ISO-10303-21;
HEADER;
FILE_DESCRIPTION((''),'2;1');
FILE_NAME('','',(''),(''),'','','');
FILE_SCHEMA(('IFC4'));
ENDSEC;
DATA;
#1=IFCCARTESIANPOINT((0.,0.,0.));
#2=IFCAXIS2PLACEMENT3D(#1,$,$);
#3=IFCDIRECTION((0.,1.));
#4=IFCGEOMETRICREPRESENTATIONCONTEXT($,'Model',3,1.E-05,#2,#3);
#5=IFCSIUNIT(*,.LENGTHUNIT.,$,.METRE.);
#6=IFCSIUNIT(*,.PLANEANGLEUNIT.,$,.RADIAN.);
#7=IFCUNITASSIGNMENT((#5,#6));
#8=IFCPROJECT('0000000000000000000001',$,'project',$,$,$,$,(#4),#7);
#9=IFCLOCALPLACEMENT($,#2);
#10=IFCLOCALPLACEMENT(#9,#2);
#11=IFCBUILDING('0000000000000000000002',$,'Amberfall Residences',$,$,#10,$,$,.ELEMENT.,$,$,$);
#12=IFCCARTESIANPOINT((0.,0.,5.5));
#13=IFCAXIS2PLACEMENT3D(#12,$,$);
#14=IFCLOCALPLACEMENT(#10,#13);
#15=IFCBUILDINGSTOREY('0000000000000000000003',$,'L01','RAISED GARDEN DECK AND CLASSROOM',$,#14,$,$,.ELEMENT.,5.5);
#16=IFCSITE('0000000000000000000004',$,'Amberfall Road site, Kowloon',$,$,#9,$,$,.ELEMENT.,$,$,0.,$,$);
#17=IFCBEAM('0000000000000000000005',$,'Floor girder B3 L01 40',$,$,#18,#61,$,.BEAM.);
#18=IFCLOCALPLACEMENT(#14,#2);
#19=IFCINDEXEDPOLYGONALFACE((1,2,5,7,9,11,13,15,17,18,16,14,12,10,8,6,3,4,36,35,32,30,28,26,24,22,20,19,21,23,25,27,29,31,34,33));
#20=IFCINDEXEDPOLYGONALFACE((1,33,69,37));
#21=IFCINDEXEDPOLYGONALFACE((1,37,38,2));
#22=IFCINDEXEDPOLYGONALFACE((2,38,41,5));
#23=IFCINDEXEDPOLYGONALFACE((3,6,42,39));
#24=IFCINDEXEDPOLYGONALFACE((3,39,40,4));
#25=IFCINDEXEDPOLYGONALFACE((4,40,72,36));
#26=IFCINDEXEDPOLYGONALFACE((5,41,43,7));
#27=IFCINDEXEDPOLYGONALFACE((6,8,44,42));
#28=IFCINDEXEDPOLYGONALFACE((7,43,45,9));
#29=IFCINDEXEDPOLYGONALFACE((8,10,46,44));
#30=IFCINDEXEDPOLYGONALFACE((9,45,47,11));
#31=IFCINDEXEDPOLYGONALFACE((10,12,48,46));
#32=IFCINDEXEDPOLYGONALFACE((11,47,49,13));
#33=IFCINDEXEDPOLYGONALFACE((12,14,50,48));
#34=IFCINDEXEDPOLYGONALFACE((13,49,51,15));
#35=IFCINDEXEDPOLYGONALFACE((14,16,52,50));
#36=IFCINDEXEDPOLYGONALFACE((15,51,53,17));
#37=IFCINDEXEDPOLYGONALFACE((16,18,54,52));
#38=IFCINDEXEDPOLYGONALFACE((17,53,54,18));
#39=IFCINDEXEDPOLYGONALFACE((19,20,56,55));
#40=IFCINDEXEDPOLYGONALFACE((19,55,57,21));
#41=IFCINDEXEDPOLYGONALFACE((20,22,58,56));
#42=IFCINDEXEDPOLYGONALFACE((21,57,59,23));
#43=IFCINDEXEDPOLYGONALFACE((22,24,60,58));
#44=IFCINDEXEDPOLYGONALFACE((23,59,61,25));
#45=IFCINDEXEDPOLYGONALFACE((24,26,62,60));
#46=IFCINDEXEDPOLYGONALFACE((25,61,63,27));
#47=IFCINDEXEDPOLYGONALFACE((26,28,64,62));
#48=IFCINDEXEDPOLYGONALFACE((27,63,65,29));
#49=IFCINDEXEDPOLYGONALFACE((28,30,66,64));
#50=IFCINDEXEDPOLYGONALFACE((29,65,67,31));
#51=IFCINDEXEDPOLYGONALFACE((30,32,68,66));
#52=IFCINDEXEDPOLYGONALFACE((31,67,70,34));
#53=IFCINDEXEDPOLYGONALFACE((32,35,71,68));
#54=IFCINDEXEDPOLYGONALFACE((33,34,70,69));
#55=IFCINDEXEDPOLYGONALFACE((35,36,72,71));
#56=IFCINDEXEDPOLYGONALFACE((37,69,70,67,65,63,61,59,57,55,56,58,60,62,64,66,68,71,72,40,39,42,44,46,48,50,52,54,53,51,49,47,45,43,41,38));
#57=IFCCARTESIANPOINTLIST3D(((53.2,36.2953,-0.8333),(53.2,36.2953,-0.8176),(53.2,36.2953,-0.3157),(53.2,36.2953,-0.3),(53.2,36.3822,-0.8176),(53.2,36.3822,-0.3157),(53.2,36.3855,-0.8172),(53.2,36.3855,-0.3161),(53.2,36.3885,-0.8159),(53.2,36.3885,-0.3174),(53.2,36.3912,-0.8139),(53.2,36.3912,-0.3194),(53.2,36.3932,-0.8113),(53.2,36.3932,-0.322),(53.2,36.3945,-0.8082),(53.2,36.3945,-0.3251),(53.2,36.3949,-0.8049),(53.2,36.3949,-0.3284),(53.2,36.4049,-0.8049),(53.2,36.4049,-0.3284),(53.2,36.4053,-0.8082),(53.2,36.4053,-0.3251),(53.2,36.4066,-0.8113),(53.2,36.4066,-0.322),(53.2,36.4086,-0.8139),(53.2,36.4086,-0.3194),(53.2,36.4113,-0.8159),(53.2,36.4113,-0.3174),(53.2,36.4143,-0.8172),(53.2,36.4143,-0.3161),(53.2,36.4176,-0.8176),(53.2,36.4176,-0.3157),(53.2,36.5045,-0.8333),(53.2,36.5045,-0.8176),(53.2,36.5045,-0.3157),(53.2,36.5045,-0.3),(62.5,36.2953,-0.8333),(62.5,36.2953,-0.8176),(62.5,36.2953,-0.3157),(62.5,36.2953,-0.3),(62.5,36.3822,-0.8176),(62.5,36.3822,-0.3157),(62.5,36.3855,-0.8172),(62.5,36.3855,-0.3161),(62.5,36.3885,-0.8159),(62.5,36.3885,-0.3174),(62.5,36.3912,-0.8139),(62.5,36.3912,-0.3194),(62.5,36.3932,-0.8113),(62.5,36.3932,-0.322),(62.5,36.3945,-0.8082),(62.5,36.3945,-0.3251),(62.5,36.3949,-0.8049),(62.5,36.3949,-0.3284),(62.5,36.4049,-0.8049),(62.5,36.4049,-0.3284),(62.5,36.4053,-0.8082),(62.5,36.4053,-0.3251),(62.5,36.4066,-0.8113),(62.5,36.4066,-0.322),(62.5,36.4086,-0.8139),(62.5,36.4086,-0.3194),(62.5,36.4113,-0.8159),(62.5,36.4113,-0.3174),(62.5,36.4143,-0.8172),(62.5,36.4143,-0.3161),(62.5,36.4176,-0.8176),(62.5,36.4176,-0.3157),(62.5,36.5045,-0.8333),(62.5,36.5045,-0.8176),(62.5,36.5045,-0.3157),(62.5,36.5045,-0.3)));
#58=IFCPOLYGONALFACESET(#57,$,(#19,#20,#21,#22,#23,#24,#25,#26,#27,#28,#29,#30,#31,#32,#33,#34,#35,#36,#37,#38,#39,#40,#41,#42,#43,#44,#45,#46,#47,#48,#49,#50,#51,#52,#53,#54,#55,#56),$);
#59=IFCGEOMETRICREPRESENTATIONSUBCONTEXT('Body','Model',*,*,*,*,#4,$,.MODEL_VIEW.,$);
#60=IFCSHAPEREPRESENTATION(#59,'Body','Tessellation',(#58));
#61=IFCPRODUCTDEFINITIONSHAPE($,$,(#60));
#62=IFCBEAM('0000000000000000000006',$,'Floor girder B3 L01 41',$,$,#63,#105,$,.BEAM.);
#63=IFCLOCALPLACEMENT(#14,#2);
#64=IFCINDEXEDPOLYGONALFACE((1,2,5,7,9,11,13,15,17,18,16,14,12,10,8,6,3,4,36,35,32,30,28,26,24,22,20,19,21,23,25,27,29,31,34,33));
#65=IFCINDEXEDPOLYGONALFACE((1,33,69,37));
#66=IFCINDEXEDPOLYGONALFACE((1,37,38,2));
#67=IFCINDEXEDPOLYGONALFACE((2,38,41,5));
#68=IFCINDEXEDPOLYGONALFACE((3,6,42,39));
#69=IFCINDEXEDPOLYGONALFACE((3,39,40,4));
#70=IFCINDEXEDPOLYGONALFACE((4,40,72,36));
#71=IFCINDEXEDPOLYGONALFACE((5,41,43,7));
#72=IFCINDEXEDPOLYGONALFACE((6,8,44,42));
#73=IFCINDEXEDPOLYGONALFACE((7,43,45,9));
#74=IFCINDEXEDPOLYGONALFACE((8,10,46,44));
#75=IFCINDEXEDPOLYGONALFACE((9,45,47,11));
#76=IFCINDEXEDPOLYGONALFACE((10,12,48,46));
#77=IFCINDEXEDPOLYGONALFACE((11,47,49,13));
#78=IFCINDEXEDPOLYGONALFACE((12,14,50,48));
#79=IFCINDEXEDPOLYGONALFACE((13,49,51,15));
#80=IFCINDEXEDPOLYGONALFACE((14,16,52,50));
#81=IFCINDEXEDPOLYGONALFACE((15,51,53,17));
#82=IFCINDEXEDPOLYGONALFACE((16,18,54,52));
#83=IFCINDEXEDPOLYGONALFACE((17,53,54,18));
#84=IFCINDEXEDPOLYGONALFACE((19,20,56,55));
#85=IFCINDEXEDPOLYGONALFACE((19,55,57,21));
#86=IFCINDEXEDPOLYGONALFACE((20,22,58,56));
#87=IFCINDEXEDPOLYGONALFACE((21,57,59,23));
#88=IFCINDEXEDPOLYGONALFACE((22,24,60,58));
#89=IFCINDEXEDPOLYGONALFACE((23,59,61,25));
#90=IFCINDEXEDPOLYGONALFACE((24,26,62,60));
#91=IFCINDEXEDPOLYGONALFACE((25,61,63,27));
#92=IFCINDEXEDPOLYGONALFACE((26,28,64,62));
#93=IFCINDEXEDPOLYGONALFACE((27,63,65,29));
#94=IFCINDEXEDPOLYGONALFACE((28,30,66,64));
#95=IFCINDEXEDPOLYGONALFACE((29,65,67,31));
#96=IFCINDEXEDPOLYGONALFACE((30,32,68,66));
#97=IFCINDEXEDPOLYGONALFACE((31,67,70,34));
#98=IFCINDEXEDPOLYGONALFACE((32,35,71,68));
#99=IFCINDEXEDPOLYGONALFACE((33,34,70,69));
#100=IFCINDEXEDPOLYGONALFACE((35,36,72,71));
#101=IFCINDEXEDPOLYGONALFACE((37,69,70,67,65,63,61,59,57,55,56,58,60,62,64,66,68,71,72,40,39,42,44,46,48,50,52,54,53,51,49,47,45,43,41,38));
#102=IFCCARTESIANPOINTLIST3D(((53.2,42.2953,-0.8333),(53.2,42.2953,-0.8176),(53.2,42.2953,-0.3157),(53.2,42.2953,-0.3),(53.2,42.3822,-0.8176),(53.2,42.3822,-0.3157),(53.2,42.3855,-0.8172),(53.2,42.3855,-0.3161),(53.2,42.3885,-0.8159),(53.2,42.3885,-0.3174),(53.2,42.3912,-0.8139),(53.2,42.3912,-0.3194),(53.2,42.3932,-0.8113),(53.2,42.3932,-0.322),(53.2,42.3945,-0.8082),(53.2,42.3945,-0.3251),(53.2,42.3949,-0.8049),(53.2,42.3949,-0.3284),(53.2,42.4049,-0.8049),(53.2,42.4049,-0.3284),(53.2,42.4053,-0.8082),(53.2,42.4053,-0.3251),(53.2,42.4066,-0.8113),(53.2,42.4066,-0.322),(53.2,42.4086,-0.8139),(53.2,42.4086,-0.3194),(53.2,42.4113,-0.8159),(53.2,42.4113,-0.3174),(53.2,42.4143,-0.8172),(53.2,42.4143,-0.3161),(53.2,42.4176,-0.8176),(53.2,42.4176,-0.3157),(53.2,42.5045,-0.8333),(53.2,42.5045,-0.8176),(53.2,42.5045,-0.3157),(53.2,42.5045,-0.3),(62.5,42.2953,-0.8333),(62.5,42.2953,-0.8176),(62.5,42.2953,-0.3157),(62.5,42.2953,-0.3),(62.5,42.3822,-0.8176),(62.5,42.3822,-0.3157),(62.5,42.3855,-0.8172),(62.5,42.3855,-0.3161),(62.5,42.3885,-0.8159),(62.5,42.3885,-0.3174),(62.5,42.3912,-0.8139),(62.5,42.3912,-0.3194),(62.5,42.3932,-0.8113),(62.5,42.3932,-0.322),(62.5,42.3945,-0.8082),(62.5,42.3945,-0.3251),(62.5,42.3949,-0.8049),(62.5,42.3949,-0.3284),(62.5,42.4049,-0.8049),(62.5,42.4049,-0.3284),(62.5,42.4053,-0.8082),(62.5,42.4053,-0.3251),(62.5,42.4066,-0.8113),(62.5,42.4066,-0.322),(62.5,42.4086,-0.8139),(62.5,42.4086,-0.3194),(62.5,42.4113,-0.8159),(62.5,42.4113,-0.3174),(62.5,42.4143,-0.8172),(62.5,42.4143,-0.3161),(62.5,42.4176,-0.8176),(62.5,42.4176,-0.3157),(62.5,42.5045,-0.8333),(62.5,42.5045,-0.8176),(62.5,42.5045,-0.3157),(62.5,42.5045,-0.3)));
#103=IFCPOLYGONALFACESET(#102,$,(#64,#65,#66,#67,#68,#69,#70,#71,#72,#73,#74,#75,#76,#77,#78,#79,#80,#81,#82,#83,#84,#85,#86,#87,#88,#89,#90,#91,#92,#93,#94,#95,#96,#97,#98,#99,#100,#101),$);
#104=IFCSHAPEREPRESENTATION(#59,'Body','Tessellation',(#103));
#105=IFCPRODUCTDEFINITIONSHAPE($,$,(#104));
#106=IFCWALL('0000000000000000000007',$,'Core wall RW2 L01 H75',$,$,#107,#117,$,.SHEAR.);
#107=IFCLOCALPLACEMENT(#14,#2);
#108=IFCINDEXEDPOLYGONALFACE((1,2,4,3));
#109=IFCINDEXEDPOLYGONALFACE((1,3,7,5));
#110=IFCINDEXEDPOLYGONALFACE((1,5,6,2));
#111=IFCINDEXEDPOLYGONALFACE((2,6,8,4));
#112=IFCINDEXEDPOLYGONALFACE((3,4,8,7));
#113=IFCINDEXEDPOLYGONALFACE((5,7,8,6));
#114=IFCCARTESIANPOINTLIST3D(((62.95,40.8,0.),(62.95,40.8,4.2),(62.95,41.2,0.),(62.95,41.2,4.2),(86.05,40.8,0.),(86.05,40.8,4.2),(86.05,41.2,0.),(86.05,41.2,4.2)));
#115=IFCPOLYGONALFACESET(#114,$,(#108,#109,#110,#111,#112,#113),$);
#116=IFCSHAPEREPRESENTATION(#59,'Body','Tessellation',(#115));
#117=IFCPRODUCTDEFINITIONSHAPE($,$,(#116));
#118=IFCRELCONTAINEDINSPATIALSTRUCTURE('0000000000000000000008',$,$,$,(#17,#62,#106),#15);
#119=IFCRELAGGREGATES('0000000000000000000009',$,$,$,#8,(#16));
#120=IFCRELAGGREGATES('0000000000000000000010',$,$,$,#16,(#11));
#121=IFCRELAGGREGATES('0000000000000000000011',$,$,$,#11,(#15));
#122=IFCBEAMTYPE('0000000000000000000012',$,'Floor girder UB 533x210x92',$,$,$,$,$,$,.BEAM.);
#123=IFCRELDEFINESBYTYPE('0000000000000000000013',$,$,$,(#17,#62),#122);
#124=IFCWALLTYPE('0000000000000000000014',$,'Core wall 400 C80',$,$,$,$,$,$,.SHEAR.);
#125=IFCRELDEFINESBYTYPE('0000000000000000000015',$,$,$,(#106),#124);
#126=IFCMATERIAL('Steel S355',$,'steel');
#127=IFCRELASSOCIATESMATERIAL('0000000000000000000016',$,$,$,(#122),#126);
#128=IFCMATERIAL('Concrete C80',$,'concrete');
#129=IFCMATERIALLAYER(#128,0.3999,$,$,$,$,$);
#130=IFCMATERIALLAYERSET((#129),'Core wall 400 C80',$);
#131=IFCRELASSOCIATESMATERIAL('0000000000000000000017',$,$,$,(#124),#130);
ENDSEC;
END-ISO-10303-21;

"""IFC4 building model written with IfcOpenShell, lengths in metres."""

from ifc_helpers import new_model, si_unit, direction, frame, frame_2d, origin, origin_2d, place, context, subcontext, project, spatial, rectangle, i_section, extrude, material, layer, layer_set, material_profile, profile_set, type_object, element, save


model = new_model("IFC4")

# Units and contexts
model_context = context("Model", 3, precision=1e-05, world=origin(), true_north=direction((0.0, 1.0)))
body_context = subcontext(model_context, "Body", "Model", "MODEL_VIEW")
ifc_project = project(units=[si_unit("LENGTHUNIT", "METRE"), si_unit("PLANEANGLEUNIT", "RADIAN")], contexts=[model_context])

# Site, building, storey
site_placement = place(None, origin())
site = spatial("IfcSite", under=ifc_project, at=site_placement, Name="Amberfall Road site, Kowloon", CompositionType="ELEMENT", RefElevation=0.0)
building_placement = place(site_placement, origin())
building = spatial("IfcBuilding", under=site, at=building_placement, Name="Amberfall Residences", CompositionType="ELEMENT")
storey_placement = place(building_placement, frame((0.0, 0.0, 5.5)))
storey = spatial("IfcBuildingStorey", under=building, at=storey_placement, Name="L01", Description="RAISED GARDEN DECK AND CLASSROOM", CompositionType="ELEMENT", Elevation=5.5)

# Beams
ifc_material_1 = material(Name="Steel S355", Category="steel")
ifc_material_profile = material_profile(ifc_material_1, i_section(OverallWidth=0.2092, OverallDepth=0.5332, WebThickness=0.01, FlangeThickness=0.0156, FilletRadius=0.0127, at=origin_2d()), Name="UB 533x210x92")
ifc_profile_set = profile_set([ifc_material_profile], Name="Steel S355")
beam_type = type_object("IfcBeamType", Name="Floor girder UB 533x210x92", PredefinedType="BEAM", material=ifc_profile_set)
for number, where, z_axis, x_axis, name in (
    (1, (53.2, 36.3999, -0.5667), (1.0, 0.0, 0.0), (0.0, 1.0, 0.0), "Floor girder B3 L01 40"),
    (2, (53.2, 42.3999, -0.5667), (1.0, 0.0, 0.0), (0.0, 1.0, 0.0), "Floor girder B3 L01 41"),
):
    element("IfcBeam", number, at=place(storey_placement, frame(where, z_axis=z_axis, x_axis=x_axis)), inside=storey, type_object=beam_type, Name=name, PredefinedType="BEAM", context=body_context, shape_type="SweptSolid", body=[
        extrude(i_section(OverallWidth=0.2092, OverallDepth=0.5332, WebThickness=0.01, FlangeThickness=0.0156, FilletRadius=0.0127, at=origin_2d()), origin(), (0.0, 0.0, 1.0), 9.3),
    ])

# Wall
ifc_material_2 = material(Name="Concrete C80", Category="concrete")
ifc_layer_1 = layer(ifc_material_2, 0.3999)
ifc_layer_set_1 = layer_set([ifc_layer_1], Name="Core wall 400 C80")
wall_type_1 = type_object("IfcWallType", Name="Core wall 400 C80", PredefinedType="SHEAR", material=ifc_layer_set_1)
wall_1_placement = place(storey_placement, frame((62.95, 41.0, 0.0), z_axis=(0.0, 0.0, 1.0), x_axis=(1.0, 0.0, 0.0)))
element("IfcWall", 3, at=wall_1_placement, inside=storey, type_object=wall_type_1, Name="Core wall RW2 L01 H75", PredefinedType="SHEAR", context=body_context, shape_type="SweptSolid", body=[
    extrude(rectangle(XDim=23.1001, YDim=0.3999, at=frame_2d((11.55, 0.0))), origin(), (0.0, 0.0, 1.0), 4.2),
])

save(model, "model.ifc")
